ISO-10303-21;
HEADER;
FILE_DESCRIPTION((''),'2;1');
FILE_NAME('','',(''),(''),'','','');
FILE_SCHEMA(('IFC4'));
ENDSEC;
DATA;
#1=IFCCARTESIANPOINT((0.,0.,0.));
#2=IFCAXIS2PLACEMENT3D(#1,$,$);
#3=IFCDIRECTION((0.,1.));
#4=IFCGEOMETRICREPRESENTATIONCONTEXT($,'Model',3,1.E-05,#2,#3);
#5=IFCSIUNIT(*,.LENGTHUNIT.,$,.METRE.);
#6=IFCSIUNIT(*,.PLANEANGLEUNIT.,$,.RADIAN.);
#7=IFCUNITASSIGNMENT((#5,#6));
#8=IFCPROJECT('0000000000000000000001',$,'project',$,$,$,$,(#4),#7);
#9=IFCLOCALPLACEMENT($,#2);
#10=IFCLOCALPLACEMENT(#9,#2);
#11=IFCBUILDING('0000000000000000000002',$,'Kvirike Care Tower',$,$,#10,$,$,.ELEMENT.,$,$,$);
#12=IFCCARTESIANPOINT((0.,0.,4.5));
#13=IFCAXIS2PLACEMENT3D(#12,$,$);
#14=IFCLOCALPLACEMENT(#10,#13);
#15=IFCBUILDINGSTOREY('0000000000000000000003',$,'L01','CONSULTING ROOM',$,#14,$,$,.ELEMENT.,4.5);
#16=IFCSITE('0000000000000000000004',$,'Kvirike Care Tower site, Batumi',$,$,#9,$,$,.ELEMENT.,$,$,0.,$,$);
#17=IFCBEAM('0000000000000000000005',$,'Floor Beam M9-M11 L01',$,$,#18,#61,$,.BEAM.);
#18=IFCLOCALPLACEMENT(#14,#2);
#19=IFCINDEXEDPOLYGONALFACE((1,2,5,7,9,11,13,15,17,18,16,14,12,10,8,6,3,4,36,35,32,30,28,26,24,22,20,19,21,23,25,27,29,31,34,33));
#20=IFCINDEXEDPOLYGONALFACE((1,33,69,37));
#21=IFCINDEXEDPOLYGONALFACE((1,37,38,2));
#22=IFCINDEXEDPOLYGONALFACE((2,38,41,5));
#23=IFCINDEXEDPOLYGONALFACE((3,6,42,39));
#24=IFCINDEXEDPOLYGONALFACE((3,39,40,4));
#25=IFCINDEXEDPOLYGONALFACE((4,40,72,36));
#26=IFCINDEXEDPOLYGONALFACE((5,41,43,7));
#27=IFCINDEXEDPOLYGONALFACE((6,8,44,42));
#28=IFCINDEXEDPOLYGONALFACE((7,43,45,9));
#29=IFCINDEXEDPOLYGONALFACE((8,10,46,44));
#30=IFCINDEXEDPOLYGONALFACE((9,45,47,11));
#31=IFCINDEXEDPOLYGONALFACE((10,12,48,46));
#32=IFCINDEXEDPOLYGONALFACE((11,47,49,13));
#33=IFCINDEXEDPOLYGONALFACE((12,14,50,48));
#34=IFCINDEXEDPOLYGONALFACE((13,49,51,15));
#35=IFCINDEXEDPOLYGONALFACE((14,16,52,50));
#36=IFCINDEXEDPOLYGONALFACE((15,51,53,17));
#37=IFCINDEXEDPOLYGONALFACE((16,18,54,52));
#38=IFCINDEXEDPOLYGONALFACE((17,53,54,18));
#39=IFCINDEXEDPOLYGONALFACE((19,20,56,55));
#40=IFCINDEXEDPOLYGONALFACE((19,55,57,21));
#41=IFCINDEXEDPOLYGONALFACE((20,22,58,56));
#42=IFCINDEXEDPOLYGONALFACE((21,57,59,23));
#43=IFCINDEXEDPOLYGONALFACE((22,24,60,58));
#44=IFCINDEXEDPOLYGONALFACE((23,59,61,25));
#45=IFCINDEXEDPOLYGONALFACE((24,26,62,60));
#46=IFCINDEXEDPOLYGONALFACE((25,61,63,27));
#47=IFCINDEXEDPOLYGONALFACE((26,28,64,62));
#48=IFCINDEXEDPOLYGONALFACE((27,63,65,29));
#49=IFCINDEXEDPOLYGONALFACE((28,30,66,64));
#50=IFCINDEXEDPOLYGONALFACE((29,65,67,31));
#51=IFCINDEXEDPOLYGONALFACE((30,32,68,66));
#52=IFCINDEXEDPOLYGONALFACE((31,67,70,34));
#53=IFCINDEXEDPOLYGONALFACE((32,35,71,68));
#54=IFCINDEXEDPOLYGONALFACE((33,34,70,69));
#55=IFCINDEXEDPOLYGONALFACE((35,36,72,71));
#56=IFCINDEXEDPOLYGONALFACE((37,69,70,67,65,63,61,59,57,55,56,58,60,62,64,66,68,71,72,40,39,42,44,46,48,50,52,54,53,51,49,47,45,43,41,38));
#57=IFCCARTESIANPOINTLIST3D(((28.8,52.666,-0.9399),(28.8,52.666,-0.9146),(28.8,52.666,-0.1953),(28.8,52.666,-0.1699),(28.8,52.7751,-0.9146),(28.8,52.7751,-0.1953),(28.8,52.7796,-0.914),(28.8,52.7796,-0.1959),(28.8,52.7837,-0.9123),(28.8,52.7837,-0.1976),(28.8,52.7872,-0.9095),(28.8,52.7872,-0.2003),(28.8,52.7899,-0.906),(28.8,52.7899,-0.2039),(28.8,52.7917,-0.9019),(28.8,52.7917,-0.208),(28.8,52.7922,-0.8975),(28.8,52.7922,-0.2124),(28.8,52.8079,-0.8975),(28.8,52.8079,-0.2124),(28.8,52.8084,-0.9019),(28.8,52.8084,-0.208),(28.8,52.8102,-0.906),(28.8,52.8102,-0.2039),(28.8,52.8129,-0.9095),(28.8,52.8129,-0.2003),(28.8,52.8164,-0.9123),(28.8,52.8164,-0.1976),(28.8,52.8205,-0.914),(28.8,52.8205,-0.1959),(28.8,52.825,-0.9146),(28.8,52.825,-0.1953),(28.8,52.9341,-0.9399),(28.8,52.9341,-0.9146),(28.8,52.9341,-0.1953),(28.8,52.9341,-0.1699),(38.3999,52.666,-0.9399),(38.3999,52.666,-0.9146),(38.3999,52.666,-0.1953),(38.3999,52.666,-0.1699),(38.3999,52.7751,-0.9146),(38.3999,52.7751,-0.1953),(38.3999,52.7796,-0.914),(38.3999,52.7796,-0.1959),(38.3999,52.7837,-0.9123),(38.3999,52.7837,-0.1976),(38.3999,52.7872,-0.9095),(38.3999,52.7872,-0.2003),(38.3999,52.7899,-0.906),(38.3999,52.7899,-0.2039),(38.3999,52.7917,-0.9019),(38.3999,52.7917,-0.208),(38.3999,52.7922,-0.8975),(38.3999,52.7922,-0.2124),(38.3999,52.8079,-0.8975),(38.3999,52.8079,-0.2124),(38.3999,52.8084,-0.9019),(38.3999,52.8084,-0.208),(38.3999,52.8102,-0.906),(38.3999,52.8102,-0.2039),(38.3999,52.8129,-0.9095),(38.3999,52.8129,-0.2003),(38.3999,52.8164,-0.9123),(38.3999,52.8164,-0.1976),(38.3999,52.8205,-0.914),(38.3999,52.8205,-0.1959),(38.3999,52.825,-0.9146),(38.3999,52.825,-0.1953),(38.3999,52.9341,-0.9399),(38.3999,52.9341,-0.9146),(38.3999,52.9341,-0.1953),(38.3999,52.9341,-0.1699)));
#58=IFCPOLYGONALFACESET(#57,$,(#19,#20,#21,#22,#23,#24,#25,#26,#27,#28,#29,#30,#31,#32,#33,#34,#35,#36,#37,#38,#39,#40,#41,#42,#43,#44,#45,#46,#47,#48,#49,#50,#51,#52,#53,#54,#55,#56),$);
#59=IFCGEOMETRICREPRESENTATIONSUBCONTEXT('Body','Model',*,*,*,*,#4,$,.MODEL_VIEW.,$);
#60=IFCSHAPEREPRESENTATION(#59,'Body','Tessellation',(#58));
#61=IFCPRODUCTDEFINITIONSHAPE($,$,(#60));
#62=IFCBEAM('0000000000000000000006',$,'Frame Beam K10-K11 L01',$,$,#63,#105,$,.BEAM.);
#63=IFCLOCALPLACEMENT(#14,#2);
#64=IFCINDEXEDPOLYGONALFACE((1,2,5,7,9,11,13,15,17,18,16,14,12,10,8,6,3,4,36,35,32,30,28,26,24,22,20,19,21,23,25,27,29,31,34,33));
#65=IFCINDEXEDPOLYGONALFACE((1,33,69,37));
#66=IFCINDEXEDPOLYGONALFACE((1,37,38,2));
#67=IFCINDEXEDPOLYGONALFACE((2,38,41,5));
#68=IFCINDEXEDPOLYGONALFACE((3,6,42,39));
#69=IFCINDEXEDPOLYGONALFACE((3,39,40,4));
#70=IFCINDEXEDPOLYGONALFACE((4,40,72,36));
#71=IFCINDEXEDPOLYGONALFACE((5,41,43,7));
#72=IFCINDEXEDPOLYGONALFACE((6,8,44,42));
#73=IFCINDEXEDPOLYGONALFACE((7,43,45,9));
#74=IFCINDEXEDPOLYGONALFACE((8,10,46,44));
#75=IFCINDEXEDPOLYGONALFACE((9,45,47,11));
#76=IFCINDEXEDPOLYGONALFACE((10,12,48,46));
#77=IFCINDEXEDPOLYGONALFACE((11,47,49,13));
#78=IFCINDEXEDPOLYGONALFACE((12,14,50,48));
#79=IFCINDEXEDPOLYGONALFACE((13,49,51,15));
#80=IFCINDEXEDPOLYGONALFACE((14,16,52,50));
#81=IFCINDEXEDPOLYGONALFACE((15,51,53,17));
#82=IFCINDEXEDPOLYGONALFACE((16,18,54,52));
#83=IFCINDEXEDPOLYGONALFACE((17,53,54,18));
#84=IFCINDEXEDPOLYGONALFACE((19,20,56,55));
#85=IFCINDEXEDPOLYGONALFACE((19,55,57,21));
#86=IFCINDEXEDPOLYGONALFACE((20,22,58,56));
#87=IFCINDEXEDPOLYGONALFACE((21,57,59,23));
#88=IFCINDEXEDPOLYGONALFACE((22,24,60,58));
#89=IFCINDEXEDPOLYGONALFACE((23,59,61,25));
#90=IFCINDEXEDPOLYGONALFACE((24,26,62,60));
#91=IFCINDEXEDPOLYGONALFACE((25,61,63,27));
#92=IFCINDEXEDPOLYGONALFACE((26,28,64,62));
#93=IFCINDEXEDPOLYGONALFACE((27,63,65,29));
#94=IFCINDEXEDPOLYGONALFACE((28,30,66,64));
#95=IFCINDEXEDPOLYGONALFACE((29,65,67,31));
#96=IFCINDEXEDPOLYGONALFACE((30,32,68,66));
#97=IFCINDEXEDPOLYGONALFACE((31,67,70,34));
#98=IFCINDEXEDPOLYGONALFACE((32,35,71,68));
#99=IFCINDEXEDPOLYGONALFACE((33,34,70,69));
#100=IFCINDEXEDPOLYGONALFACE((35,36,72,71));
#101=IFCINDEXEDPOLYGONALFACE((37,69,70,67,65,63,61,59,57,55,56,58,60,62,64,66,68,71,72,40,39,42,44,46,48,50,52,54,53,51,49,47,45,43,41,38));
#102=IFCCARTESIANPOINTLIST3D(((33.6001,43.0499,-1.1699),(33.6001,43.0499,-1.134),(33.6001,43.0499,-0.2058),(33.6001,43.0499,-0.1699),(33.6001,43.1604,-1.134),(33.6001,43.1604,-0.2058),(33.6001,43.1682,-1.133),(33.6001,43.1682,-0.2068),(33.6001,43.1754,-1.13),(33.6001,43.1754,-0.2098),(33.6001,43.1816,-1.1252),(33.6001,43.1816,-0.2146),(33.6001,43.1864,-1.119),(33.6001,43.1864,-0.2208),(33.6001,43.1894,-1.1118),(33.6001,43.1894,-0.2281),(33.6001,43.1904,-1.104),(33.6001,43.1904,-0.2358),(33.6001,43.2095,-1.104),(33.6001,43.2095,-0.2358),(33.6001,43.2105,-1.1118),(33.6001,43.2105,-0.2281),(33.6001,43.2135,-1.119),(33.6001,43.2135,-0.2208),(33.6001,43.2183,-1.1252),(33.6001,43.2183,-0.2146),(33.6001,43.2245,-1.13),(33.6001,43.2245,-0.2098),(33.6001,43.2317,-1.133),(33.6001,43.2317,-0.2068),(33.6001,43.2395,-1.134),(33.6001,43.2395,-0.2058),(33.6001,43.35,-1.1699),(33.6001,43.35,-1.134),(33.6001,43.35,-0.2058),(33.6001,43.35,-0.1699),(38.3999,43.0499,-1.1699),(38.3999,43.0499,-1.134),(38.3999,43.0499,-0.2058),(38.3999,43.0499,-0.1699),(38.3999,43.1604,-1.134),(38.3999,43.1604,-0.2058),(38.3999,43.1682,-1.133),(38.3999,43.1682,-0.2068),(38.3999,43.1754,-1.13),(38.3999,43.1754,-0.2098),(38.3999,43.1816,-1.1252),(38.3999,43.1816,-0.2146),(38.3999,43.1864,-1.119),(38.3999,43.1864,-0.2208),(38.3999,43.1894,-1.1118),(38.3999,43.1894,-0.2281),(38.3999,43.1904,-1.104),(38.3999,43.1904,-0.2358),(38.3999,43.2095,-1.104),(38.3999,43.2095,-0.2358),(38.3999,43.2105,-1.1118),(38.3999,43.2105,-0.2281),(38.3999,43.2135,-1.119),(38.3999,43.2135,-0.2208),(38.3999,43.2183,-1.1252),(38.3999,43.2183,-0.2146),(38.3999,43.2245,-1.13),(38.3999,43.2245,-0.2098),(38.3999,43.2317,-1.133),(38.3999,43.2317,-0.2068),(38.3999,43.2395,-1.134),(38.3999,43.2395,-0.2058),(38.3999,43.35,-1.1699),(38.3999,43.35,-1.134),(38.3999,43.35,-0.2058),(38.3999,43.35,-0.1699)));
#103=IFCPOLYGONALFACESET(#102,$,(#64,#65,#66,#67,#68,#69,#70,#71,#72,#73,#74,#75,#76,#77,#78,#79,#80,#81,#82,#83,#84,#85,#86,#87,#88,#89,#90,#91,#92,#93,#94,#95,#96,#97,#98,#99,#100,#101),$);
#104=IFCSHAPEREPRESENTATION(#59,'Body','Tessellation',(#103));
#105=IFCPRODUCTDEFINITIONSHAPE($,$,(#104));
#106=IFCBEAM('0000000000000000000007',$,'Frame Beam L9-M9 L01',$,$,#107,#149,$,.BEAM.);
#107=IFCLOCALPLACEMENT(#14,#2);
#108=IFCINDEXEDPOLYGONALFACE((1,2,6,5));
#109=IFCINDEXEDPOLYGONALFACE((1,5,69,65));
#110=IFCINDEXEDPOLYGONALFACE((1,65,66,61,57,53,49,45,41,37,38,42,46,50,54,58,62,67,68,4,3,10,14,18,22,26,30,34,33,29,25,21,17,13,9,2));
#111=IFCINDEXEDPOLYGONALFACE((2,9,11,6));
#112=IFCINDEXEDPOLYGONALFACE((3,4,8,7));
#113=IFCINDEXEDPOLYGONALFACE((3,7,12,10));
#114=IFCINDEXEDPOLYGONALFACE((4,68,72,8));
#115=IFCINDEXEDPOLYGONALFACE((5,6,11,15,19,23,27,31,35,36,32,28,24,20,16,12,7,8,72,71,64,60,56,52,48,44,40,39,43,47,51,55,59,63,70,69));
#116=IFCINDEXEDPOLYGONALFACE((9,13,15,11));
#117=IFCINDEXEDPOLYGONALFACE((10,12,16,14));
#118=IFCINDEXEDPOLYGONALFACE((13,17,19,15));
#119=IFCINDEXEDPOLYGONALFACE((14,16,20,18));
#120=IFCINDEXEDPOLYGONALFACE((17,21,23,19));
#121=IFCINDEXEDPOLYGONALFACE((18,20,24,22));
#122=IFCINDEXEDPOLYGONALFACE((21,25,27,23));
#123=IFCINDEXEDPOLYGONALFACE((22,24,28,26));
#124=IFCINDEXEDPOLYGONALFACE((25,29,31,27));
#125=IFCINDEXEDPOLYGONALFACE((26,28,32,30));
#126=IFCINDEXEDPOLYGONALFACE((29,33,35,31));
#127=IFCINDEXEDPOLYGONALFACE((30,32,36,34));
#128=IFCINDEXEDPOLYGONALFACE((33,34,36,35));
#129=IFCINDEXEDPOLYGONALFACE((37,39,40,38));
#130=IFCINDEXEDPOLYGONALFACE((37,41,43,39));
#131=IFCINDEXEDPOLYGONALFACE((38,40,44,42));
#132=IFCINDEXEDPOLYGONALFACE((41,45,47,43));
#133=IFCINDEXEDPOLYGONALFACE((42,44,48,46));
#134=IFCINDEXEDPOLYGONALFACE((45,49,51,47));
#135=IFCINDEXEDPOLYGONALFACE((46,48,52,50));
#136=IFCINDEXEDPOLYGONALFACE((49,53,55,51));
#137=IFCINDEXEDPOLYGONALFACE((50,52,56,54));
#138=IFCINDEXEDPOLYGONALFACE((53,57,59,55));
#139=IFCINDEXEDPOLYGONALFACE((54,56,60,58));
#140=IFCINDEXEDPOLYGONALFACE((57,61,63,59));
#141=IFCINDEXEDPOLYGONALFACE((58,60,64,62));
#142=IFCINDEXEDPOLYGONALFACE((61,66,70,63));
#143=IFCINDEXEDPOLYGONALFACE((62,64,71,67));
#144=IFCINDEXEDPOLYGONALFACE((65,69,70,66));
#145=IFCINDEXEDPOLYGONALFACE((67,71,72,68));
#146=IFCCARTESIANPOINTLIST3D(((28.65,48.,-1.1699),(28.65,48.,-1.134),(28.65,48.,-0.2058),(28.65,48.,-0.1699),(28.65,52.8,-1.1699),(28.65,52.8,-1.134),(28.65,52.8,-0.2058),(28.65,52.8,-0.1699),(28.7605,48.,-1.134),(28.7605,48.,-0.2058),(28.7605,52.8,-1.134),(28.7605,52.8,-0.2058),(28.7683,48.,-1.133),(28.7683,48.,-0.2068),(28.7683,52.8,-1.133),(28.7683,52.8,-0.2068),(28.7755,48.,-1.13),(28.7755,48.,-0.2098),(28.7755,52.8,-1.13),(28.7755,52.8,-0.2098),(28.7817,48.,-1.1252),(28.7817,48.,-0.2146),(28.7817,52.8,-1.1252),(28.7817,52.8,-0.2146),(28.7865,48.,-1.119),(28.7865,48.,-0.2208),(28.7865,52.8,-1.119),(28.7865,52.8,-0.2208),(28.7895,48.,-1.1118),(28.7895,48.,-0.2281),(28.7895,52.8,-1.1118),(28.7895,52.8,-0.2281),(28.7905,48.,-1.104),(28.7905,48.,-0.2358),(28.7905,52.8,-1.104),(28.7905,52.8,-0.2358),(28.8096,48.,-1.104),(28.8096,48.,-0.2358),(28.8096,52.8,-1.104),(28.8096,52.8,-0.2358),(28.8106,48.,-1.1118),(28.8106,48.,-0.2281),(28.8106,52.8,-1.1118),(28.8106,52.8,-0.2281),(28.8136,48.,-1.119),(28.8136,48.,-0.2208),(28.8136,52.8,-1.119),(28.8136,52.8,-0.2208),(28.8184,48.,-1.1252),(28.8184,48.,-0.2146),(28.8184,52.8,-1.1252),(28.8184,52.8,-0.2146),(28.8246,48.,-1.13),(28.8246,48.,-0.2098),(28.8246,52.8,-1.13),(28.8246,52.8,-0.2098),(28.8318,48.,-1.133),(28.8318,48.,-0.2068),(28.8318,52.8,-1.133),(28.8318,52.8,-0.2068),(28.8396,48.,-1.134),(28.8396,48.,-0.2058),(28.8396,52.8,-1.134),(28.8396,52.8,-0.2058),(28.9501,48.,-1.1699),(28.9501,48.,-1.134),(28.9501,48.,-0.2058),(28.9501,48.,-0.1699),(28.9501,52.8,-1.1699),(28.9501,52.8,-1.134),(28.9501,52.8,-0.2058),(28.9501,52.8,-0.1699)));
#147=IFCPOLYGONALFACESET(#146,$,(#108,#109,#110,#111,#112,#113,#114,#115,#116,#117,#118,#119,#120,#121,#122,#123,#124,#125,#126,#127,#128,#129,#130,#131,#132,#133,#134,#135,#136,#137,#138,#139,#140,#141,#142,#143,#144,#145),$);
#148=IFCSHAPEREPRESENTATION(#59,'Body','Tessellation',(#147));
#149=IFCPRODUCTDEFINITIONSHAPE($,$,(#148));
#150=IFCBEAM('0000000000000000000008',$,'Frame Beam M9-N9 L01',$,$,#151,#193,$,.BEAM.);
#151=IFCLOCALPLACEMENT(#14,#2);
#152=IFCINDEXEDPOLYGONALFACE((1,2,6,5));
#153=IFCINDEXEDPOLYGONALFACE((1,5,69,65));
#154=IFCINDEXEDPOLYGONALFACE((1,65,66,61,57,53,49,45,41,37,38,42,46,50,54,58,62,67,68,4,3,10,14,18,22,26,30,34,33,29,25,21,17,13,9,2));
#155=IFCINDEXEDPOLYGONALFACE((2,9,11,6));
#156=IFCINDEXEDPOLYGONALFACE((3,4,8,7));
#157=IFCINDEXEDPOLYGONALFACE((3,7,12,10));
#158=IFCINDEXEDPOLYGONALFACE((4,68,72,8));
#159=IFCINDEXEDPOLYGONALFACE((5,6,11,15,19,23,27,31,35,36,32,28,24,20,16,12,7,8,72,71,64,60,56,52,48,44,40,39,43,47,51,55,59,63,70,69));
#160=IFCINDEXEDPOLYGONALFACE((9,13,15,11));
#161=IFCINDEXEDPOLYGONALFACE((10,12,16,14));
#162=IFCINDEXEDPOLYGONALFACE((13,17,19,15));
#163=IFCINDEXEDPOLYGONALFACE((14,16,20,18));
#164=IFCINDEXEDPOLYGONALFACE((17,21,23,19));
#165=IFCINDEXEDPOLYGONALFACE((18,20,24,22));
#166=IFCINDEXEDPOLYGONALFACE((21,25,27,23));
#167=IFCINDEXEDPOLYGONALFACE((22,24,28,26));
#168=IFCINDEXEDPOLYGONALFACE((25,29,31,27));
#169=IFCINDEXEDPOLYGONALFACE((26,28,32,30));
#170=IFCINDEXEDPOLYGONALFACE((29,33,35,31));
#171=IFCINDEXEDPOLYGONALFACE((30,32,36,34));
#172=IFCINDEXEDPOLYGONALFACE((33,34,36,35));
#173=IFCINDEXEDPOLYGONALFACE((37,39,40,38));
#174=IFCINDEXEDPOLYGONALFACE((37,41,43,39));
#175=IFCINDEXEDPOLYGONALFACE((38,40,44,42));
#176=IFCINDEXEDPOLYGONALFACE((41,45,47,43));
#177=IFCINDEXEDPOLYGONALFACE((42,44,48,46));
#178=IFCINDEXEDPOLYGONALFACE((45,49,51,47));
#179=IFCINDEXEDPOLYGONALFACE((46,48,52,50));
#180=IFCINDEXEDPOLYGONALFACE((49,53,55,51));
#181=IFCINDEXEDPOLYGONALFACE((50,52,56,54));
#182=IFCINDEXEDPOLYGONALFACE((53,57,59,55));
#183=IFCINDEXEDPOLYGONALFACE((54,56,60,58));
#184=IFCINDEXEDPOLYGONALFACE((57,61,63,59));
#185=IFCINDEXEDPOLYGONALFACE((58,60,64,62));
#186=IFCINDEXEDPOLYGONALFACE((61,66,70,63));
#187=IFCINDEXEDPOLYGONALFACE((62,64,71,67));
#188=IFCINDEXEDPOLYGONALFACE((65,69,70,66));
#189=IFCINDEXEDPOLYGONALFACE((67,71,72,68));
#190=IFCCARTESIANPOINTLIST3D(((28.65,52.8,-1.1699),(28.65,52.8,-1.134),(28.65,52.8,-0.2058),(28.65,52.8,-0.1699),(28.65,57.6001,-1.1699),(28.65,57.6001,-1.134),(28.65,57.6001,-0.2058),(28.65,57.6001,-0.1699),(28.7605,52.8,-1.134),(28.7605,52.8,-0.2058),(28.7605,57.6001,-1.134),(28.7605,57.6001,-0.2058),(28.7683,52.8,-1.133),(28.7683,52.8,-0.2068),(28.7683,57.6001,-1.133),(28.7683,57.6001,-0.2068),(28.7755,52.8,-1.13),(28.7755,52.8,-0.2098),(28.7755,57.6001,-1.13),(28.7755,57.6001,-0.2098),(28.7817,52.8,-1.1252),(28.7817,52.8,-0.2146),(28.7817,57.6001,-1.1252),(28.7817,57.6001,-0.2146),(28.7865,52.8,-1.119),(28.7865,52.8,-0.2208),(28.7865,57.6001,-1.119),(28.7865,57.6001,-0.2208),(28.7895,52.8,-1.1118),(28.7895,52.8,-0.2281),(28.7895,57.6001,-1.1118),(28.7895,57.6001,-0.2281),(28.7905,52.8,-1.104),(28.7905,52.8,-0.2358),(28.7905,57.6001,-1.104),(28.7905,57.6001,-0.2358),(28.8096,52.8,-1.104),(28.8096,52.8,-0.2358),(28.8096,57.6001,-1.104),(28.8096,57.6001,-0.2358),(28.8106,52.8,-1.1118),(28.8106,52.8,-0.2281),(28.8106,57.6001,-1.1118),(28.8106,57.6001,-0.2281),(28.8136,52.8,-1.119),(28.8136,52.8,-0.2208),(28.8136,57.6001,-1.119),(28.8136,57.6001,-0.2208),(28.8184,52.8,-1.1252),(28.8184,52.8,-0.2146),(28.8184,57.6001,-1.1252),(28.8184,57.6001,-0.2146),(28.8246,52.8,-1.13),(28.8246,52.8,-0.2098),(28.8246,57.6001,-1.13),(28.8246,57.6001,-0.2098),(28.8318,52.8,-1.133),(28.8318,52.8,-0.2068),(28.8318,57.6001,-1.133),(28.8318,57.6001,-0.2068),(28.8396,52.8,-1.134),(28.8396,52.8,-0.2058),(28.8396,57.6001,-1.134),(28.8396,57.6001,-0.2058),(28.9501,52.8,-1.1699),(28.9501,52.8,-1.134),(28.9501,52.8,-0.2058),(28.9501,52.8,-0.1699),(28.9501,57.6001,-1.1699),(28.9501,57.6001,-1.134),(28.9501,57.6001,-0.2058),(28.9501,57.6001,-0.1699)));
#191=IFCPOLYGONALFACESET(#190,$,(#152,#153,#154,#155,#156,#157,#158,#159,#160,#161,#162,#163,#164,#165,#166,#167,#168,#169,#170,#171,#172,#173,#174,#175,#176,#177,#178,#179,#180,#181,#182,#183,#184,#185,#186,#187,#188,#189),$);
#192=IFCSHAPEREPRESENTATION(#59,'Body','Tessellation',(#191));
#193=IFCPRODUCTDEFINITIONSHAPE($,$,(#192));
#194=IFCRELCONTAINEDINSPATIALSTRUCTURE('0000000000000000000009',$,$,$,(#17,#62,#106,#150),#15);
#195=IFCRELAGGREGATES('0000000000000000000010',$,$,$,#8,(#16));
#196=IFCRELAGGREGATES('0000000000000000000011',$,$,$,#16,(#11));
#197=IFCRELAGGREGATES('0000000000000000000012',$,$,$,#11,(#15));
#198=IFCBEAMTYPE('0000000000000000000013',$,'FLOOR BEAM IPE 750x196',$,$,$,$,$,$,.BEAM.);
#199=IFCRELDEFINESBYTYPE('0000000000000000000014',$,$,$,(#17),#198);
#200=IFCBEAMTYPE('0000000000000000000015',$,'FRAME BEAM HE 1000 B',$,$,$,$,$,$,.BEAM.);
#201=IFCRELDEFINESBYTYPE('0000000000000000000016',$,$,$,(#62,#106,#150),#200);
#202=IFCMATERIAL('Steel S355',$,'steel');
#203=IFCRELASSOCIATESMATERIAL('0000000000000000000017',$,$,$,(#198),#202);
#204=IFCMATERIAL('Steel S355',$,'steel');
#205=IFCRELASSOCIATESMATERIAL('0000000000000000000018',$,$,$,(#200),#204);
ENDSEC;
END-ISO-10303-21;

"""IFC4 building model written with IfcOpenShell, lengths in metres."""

from ifc_helpers import new_model, si_unit, direction, frame, origin, origin_2d, place, context, subcontext, project, spatial, i_section, extrude, material, material_profile, profile_set, type_object, element, save


model = new_model("IFC4")

# Units and contexts
model_context = context("Model", 3, precision=1e-05, world=origin(), true_north=direction((0.0, 1.0)))
body_context = subcontext(model_context, "Body", "Model", "MODEL_VIEW")
ifc_project = project(units=[si_unit("LENGTHUNIT", "METRE"), si_unit("PLANEANGLEUNIT", "RADIAN")], contexts=[model_context])

# Site, building, storey
site_placement = place(None, origin())
site = spatial("IfcSite", under=ifc_project, at=site_placement, Name="Kvirike Care Tower site, Batumi", CompositionType="ELEMENT", RefElevation=0.0)
building_placement = place(site_placement, origin())
building = spatial("IfcBuilding", under=site, at=building_placement, Name="Kvirike Care Tower", CompositionType="ELEMENT")
storey_placement = place(building_placement, frame((0.0, 0.0, 4.5)))
storey = spatial("IfcBuildingStorey", under=building, at=storey_placement, Name="L01", Description="CONSULTING ROOM", CompositionType="ELEMENT", Elevation=4.5)

# Beams
ifc_material_1 = material(Name="Steel S355", Category="steel")
ifc_material_profile_1 = material_profile(ifc_material_1, i_section(OverallWidth=0.2681, OverallDepth=0.77, WebThickness=0.0156, FlangeThickness=0.0254, FilletRadius=0.0171, at=origin_2d()), Name="IPE 750x196")
ifc_profile_set_1 = profile_set([ifc_material_profile_1], Name="Steel S355")
beam_type_1 = type_object("IfcBeamType", Name="FLOOR BEAM IPE 750x196", PredefinedType="BEAM", material=ifc_profile_set_1)
beam_1_placement = place(storey_placement, frame((28.8, 52.8, -0.5549), z_axis=(1.0, 0.0, 0.0), x_axis=(0.0, 1.0, 0.0)))
element("IfcBeam", 1, at=beam_1_placement, inside=storey, type_object=beam_type_1, Name="Floor Beam M9-M11 L01", PredefinedType="BEAM", context=body_context, shape_type="SweptSolid", body=[
    extrude(i_section(OverallWidth=0.2681, OverallDepth=0.77, WebThickness=0.0156, FlangeThickness=0.0254, FilletRadius=0.0171, at=origin_2d()), origin(), (0.0, 0.0, 1.0), 9.5999),
])
ifc_material_2 = material(Name="Steel S355", Category="steel")
ifc_material_profile_2 = material_profile(ifc_material_2, i_section(OverallWidth=0.3, OverallDepth=1.0, WebThickness=0.019, FlangeThickness=0.0359, FilletRadius=0.03, at=origin_2d()), Name="HE 1000 B")
ifc_profile_set_2 = profile_set([ifc_material_profile_2], Name="Steel S355")
beam_type_2 = type_object("IfcBeamType", Name="FRAME BEAM HE 1000 B", PredefinedType="BEAM", material=ifc_profile_set_2)
beam_2_placement = place(storey_placement, frame((33.6001, 43.2, -0.6699), z_axis=(1.0, 0.0, 0.0), x_axis=(0.0, 1.0, 0.0)))
element("IfcBeam", 2, at=beam_2_placement, inside=storey, type_object=beam_type_2, Name="Frame Beam K10-K11 L01", PredefinedType="BEAM", context=body_context, shape_type="SweptSolid", body=[
    extrude(i_section(OverallWidth=0.3, OverallDepth=1.0, WebThickness=0.019, FlangeThickness=0.0359, FilletRadius=0.03, at=origin_2d()), origin(), (0.0, 0.0, 1.0), 4.7998),
])
for number, where, z_axis, x_axis, name in (
    (3, (28.8, 48.0, -0.6699), (0.0, 1.0, 0.0), (-1.0, 0.0, 0.0), "Frame Beam L9-M9 L01"),
    (4, (28.8, 52.8, -0.6699), (0.0, 1.0, 0.0), (-1.0, 0.0, 0.0), "Frame Beam M9-N9 L01"),
):
    element("IfcBeam", number, at=place(storey_placement, frame(where, z_axis=z_axis, x_axis=x_axis)), inside=storey, type_object=beam_type_2, Name=name, PredefinedType="BEAM", context=body_context, shape_type="SweptSolid", body=[
        extrude(i_section(OverallWidth=0.3, OverallDepth=1.0, WebThickness=0.019, FlangeThickness=0.0359, FilletRadius=0.03, at=origin_2d()), origin(), (0.0, 0.0, 1.0), 4.8),
    ])

save(model, "model.ifc")
